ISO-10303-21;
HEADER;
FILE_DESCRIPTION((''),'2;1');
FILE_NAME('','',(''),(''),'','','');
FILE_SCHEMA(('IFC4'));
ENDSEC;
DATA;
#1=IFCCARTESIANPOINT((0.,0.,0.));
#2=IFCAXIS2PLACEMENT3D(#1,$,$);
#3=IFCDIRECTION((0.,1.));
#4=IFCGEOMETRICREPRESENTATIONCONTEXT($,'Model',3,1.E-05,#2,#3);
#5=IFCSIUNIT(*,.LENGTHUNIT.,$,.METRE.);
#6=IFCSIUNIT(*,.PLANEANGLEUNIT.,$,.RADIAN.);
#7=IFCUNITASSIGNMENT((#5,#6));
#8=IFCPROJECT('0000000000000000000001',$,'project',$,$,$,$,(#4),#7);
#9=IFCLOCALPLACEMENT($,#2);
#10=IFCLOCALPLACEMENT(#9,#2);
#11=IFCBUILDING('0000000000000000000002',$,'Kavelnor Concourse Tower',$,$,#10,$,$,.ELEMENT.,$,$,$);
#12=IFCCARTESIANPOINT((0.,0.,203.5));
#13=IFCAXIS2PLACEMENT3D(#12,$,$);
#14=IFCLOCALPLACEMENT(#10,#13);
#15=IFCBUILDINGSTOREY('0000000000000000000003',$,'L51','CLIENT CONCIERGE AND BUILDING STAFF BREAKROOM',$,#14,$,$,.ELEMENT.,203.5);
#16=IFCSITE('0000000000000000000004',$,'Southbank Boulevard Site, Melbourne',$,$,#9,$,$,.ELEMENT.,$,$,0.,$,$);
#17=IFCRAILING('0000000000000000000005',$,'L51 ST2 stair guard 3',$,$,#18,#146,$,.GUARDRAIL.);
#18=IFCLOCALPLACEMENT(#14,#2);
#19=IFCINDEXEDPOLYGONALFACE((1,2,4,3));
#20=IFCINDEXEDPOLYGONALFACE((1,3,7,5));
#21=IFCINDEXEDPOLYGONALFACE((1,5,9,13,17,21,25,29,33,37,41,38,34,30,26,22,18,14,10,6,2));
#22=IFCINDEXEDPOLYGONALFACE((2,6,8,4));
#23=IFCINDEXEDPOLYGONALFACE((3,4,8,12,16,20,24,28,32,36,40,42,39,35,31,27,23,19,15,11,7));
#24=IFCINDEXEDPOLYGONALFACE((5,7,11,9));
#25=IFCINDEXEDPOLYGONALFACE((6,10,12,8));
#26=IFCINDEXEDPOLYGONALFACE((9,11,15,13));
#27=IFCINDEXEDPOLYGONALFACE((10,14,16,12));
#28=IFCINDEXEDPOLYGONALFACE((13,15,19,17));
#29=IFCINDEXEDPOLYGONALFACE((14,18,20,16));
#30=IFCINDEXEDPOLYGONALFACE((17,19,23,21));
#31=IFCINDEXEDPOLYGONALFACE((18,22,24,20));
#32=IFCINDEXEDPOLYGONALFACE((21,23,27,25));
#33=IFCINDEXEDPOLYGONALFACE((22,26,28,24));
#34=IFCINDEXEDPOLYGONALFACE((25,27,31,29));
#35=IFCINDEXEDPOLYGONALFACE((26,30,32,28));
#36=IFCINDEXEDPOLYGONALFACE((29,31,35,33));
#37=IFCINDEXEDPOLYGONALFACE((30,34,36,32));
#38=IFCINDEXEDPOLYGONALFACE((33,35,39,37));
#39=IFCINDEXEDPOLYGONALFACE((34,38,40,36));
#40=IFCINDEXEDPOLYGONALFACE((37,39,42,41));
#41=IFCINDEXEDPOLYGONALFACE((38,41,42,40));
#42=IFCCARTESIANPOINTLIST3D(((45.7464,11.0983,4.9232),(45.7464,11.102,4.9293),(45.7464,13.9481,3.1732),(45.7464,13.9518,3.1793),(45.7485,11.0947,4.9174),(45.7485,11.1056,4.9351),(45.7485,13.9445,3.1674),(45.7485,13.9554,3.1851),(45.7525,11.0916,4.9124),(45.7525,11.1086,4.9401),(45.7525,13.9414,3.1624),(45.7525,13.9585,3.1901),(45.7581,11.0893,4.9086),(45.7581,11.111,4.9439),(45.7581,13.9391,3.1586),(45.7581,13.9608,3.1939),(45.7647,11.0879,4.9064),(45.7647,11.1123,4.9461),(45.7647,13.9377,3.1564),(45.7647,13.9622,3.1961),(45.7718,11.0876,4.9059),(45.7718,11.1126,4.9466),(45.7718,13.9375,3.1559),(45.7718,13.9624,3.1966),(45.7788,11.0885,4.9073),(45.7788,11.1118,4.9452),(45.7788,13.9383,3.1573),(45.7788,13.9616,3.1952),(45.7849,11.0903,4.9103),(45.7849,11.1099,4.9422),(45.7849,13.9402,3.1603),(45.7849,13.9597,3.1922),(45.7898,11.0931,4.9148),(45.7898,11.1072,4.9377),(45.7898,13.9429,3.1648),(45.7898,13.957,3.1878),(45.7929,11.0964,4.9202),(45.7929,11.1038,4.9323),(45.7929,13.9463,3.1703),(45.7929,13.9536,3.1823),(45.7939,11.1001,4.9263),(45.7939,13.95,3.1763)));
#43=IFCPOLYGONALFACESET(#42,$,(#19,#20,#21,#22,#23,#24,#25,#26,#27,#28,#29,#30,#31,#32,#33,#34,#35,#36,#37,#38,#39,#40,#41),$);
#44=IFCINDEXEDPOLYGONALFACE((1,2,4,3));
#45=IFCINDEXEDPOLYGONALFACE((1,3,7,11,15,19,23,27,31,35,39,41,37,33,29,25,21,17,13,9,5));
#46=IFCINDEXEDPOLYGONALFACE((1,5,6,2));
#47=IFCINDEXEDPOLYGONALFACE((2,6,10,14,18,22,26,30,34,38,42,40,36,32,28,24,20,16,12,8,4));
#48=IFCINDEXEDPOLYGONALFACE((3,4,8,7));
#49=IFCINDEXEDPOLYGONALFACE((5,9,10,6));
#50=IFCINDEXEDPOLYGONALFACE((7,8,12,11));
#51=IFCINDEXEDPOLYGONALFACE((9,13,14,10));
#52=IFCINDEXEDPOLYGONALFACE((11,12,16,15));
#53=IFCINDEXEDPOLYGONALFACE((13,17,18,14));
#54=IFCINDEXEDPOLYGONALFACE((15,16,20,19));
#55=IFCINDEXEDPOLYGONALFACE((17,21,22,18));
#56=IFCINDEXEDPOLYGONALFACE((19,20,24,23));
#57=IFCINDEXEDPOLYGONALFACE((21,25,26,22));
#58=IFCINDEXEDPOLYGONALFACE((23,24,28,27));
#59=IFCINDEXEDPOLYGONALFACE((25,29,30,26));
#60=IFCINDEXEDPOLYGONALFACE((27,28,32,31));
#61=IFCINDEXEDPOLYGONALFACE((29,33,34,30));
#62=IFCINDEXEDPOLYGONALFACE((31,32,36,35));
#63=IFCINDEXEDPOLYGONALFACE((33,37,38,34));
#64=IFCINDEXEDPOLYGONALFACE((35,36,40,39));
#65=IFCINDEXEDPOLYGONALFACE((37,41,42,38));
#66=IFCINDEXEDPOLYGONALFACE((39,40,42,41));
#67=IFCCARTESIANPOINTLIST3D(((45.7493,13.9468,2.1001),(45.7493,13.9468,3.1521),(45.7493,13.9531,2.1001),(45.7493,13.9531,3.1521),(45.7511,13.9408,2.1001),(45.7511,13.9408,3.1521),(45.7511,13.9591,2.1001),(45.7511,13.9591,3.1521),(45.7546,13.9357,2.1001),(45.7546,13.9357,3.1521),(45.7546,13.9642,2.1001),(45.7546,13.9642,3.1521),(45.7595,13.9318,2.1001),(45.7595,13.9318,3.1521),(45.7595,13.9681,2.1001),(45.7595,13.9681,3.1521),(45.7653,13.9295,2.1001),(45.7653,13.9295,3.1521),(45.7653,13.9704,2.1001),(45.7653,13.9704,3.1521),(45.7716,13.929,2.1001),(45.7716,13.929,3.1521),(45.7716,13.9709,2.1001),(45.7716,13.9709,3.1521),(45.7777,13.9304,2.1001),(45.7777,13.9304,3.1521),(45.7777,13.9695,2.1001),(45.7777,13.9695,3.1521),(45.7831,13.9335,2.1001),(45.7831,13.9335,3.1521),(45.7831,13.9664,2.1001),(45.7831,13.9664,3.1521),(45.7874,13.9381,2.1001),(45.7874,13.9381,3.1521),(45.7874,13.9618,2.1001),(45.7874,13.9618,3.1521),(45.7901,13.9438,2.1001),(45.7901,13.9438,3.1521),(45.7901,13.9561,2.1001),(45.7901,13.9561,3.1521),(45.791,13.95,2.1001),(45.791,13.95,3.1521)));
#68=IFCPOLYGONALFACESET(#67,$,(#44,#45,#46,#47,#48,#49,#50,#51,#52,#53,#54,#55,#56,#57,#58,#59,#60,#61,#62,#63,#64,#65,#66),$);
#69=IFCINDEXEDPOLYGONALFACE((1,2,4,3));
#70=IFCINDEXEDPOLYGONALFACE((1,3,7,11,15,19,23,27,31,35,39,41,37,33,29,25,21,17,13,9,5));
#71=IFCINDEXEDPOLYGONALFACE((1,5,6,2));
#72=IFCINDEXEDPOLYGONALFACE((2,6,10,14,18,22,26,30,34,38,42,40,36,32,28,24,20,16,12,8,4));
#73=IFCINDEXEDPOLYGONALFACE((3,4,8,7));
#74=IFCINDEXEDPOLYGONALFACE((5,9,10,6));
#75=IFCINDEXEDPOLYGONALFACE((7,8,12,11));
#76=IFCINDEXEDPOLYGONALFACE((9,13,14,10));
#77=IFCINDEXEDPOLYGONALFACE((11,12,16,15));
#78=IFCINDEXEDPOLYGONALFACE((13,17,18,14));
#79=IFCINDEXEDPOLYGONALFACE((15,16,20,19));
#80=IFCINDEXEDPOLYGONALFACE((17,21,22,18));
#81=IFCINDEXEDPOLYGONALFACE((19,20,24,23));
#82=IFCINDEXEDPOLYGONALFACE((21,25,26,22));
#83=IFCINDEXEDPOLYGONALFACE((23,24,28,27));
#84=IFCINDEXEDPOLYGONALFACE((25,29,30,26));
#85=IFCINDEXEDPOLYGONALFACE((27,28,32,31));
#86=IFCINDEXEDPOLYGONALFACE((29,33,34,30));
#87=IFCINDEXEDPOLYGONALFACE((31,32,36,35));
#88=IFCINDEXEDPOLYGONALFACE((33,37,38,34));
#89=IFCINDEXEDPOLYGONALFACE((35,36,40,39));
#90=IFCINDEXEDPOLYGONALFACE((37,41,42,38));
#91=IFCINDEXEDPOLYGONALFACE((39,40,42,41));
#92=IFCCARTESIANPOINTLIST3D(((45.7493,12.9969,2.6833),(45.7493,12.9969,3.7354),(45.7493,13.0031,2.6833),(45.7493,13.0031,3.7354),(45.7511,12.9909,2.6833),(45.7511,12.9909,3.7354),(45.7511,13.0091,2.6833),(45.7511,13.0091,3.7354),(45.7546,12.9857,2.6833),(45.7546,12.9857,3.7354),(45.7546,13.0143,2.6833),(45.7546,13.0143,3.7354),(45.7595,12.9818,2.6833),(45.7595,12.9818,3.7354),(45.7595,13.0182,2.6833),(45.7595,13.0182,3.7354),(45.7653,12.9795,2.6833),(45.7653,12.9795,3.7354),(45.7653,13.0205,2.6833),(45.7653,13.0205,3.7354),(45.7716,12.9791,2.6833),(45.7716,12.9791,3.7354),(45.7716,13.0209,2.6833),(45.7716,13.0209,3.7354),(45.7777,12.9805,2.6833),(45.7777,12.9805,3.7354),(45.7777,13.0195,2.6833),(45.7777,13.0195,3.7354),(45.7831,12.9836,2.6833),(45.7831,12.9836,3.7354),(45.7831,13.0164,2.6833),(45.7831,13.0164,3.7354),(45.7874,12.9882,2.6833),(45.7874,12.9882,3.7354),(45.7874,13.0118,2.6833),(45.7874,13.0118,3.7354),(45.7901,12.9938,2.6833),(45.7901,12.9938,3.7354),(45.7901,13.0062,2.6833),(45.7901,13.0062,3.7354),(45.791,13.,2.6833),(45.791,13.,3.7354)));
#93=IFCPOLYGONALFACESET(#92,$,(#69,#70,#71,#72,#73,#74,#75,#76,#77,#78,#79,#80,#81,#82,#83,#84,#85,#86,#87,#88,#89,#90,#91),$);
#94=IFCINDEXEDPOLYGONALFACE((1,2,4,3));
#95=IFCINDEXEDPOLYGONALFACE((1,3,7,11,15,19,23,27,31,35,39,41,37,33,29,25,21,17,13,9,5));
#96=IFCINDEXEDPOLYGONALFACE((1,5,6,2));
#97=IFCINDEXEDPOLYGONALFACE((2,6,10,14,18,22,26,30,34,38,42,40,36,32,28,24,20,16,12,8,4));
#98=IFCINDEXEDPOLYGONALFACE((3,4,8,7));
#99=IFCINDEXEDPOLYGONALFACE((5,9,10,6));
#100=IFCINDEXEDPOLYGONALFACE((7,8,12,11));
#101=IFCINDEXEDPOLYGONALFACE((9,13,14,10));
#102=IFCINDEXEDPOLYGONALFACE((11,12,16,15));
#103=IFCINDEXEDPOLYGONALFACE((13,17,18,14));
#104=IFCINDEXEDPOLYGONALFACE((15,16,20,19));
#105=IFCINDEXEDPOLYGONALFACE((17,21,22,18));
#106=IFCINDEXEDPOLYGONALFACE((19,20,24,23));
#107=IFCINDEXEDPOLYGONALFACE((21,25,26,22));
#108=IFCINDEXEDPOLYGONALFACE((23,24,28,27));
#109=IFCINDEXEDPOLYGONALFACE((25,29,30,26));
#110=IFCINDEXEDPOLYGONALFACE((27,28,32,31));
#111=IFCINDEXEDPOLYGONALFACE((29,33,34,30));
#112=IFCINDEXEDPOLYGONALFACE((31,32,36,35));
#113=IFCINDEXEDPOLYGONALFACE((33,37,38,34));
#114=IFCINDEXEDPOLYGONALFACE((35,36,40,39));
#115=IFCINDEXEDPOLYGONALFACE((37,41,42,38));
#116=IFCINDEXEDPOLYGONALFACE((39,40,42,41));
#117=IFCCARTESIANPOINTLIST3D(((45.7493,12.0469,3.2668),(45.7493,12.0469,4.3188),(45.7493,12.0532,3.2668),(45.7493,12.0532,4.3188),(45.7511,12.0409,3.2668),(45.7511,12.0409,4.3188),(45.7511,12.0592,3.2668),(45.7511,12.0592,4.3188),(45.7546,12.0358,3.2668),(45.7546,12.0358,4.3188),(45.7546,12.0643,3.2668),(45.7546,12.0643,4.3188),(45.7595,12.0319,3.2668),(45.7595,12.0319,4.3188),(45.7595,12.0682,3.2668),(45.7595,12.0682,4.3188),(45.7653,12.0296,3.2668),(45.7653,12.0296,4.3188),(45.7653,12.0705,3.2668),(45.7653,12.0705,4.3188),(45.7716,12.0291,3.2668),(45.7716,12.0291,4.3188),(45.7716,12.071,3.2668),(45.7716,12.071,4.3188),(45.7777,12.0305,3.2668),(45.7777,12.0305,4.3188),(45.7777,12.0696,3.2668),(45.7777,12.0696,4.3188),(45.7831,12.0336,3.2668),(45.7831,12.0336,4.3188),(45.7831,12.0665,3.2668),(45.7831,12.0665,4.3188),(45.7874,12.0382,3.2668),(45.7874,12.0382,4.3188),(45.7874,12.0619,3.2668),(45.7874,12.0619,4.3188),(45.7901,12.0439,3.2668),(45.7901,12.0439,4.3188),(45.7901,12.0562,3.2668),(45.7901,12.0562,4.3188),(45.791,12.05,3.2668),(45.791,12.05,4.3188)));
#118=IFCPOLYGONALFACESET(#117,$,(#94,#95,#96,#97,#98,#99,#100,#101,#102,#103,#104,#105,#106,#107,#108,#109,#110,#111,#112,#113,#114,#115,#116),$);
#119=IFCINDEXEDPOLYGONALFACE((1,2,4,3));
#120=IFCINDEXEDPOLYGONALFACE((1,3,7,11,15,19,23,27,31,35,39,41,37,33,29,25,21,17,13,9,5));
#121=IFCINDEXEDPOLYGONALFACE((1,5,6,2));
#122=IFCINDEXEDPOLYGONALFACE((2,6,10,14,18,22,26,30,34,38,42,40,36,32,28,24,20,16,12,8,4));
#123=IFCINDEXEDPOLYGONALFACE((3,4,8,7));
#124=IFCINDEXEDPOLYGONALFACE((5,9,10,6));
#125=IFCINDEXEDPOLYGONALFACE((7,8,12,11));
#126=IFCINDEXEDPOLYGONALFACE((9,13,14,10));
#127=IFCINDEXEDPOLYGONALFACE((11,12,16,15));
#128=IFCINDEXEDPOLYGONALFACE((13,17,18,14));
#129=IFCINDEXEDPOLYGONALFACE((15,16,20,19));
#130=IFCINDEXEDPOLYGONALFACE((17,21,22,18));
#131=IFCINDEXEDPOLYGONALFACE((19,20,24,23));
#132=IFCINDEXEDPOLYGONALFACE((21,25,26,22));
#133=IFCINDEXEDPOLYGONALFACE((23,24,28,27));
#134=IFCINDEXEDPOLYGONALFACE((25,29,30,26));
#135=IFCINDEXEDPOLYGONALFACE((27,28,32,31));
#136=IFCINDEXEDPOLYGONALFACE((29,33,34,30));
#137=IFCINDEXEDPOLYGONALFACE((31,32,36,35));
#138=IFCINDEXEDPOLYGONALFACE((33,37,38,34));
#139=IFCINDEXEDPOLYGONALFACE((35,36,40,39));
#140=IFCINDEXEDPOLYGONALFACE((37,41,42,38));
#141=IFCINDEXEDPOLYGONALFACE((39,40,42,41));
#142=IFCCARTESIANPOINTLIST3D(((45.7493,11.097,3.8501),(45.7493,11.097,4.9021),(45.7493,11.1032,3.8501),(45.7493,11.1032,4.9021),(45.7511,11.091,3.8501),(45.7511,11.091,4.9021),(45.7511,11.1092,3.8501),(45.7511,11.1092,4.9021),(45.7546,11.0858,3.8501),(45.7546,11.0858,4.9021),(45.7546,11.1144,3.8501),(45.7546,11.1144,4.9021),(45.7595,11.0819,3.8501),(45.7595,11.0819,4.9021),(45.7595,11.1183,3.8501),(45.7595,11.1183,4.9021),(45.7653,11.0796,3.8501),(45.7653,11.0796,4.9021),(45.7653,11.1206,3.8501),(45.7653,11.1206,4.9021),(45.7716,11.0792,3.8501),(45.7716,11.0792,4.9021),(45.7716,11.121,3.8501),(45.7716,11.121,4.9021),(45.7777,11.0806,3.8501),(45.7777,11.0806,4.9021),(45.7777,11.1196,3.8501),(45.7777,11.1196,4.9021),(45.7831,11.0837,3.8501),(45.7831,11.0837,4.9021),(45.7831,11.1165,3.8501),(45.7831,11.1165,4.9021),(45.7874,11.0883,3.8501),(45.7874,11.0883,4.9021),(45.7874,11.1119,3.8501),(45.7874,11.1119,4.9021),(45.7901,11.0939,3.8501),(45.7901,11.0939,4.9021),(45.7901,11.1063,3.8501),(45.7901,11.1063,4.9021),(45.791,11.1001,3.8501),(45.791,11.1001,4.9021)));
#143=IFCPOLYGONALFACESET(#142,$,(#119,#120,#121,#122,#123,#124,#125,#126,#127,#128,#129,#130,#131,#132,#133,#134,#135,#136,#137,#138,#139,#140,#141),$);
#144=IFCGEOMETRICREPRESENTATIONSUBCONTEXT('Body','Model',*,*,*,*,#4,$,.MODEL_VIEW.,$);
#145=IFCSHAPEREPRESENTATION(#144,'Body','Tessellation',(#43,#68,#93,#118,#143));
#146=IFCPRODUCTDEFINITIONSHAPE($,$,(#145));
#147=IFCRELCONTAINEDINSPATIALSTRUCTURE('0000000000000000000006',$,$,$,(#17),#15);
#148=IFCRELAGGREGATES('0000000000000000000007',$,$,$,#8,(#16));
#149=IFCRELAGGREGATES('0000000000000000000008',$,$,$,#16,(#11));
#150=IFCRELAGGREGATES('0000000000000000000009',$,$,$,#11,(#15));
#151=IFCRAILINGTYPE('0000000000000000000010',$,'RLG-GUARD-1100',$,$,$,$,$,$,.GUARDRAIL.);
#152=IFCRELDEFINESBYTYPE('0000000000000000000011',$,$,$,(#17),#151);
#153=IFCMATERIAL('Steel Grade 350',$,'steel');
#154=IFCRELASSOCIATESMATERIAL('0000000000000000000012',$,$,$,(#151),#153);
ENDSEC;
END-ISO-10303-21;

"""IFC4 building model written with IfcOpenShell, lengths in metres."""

from ifc_helpers import new_model, si_unit, direction, frame, origin, origin_2d, place, context, subcontext, project, spatial, circle, extrude, material, type_object, element, save


model = new_model("IFC4")

# Units and contexts
model_context = context("Model", 3, precision=1e-05, world=origin(), true_north=direction((0.0, 1.0)))
body_context = subcontext(model_context, "Body", "Model", "MODEL_VIEW")
ifc_project = project(units=[si_unit("LENGTHUNIT", "METRE"), si_unit("PLANEANGLEUNIT", "RADIAN")], contexts=[model_context])

# Site, building, storey
site_placement = place(None, origin())
site = spatial("IfcSite", under=ifc_project, at=site_placement, Name="Southbank Boulevard Site, Melbourne", CompositionType="ELEMENT", RefElevation=0.0)
building_placement = place(site_placement, origin())
building = spatial("IfcBuilding", under=site, at=building_placement, Name="Kavelnor Concourse Tower", CompositionType="ELEMENT")
storey_placement = place(building_placement, frame((0.0, 0.0, 203.5)))
storey = spatial("IfcBuildingStorey", under=building, at=storey_placement, Name="L51", Description="CLIENT CONCIERGE AND BUILDING STAFF BREAKROOM", CompositionType="ELEMENT", Elevation=203.5)

# Shared definitions
ifc_material_1 = material(Name="Steel Grade 350", Category="steel")

# Railing
railing_type_1 = type_object("IfcRailingType", Name="RLG-GUARD-1100", PredefinedType="GUARDRAIL", material=ifc_material_1)
railing_1_placement = place(storey_placement, frame((45.77, 13.95, 2.1001)))
element("IfcRailing", 1, at=railing_1_placement, inside=storey, type_object=railing_type_1, Name="L51 ST2 stair guard 3", PredefinedType="GUARDRAIL", context=body_context, shape_type="SweptSolid", body=[
    extrude(circle(Radius=0.0239, at=origin_2d()), frame((0.0, 0.0, 1.0762), z_axis=(0.0, -0.852159, 0.523283), x_axis=(1.0, 0.0, 0.0)), (0.0, 0.0, 1.0), 3.3442),
    extrude(circle(Radius=0.021, at=origin_2d()), origin(), (0.0, 0.0, 1.0), 1.052),
    extrude(circle(Radius=0.021, at=origin_2d()), frame((0.0, -0.95, 0.5833)), (0.0, 0.0, 1.0), 1.052),
    extrude(circle(Radius=0.021, at=origin_2d()), frame((0.0, -1.8999, 1.1667)), (0.0, 0.0, 1.0), 1.052),
    extrude(circle(Radius=0.021, at=origin_2d()), frame((0.0, -2.8499, 1.75)), (0.0, 0.0, 1.0), 1.052),
])

save(model, "model.ifc")
